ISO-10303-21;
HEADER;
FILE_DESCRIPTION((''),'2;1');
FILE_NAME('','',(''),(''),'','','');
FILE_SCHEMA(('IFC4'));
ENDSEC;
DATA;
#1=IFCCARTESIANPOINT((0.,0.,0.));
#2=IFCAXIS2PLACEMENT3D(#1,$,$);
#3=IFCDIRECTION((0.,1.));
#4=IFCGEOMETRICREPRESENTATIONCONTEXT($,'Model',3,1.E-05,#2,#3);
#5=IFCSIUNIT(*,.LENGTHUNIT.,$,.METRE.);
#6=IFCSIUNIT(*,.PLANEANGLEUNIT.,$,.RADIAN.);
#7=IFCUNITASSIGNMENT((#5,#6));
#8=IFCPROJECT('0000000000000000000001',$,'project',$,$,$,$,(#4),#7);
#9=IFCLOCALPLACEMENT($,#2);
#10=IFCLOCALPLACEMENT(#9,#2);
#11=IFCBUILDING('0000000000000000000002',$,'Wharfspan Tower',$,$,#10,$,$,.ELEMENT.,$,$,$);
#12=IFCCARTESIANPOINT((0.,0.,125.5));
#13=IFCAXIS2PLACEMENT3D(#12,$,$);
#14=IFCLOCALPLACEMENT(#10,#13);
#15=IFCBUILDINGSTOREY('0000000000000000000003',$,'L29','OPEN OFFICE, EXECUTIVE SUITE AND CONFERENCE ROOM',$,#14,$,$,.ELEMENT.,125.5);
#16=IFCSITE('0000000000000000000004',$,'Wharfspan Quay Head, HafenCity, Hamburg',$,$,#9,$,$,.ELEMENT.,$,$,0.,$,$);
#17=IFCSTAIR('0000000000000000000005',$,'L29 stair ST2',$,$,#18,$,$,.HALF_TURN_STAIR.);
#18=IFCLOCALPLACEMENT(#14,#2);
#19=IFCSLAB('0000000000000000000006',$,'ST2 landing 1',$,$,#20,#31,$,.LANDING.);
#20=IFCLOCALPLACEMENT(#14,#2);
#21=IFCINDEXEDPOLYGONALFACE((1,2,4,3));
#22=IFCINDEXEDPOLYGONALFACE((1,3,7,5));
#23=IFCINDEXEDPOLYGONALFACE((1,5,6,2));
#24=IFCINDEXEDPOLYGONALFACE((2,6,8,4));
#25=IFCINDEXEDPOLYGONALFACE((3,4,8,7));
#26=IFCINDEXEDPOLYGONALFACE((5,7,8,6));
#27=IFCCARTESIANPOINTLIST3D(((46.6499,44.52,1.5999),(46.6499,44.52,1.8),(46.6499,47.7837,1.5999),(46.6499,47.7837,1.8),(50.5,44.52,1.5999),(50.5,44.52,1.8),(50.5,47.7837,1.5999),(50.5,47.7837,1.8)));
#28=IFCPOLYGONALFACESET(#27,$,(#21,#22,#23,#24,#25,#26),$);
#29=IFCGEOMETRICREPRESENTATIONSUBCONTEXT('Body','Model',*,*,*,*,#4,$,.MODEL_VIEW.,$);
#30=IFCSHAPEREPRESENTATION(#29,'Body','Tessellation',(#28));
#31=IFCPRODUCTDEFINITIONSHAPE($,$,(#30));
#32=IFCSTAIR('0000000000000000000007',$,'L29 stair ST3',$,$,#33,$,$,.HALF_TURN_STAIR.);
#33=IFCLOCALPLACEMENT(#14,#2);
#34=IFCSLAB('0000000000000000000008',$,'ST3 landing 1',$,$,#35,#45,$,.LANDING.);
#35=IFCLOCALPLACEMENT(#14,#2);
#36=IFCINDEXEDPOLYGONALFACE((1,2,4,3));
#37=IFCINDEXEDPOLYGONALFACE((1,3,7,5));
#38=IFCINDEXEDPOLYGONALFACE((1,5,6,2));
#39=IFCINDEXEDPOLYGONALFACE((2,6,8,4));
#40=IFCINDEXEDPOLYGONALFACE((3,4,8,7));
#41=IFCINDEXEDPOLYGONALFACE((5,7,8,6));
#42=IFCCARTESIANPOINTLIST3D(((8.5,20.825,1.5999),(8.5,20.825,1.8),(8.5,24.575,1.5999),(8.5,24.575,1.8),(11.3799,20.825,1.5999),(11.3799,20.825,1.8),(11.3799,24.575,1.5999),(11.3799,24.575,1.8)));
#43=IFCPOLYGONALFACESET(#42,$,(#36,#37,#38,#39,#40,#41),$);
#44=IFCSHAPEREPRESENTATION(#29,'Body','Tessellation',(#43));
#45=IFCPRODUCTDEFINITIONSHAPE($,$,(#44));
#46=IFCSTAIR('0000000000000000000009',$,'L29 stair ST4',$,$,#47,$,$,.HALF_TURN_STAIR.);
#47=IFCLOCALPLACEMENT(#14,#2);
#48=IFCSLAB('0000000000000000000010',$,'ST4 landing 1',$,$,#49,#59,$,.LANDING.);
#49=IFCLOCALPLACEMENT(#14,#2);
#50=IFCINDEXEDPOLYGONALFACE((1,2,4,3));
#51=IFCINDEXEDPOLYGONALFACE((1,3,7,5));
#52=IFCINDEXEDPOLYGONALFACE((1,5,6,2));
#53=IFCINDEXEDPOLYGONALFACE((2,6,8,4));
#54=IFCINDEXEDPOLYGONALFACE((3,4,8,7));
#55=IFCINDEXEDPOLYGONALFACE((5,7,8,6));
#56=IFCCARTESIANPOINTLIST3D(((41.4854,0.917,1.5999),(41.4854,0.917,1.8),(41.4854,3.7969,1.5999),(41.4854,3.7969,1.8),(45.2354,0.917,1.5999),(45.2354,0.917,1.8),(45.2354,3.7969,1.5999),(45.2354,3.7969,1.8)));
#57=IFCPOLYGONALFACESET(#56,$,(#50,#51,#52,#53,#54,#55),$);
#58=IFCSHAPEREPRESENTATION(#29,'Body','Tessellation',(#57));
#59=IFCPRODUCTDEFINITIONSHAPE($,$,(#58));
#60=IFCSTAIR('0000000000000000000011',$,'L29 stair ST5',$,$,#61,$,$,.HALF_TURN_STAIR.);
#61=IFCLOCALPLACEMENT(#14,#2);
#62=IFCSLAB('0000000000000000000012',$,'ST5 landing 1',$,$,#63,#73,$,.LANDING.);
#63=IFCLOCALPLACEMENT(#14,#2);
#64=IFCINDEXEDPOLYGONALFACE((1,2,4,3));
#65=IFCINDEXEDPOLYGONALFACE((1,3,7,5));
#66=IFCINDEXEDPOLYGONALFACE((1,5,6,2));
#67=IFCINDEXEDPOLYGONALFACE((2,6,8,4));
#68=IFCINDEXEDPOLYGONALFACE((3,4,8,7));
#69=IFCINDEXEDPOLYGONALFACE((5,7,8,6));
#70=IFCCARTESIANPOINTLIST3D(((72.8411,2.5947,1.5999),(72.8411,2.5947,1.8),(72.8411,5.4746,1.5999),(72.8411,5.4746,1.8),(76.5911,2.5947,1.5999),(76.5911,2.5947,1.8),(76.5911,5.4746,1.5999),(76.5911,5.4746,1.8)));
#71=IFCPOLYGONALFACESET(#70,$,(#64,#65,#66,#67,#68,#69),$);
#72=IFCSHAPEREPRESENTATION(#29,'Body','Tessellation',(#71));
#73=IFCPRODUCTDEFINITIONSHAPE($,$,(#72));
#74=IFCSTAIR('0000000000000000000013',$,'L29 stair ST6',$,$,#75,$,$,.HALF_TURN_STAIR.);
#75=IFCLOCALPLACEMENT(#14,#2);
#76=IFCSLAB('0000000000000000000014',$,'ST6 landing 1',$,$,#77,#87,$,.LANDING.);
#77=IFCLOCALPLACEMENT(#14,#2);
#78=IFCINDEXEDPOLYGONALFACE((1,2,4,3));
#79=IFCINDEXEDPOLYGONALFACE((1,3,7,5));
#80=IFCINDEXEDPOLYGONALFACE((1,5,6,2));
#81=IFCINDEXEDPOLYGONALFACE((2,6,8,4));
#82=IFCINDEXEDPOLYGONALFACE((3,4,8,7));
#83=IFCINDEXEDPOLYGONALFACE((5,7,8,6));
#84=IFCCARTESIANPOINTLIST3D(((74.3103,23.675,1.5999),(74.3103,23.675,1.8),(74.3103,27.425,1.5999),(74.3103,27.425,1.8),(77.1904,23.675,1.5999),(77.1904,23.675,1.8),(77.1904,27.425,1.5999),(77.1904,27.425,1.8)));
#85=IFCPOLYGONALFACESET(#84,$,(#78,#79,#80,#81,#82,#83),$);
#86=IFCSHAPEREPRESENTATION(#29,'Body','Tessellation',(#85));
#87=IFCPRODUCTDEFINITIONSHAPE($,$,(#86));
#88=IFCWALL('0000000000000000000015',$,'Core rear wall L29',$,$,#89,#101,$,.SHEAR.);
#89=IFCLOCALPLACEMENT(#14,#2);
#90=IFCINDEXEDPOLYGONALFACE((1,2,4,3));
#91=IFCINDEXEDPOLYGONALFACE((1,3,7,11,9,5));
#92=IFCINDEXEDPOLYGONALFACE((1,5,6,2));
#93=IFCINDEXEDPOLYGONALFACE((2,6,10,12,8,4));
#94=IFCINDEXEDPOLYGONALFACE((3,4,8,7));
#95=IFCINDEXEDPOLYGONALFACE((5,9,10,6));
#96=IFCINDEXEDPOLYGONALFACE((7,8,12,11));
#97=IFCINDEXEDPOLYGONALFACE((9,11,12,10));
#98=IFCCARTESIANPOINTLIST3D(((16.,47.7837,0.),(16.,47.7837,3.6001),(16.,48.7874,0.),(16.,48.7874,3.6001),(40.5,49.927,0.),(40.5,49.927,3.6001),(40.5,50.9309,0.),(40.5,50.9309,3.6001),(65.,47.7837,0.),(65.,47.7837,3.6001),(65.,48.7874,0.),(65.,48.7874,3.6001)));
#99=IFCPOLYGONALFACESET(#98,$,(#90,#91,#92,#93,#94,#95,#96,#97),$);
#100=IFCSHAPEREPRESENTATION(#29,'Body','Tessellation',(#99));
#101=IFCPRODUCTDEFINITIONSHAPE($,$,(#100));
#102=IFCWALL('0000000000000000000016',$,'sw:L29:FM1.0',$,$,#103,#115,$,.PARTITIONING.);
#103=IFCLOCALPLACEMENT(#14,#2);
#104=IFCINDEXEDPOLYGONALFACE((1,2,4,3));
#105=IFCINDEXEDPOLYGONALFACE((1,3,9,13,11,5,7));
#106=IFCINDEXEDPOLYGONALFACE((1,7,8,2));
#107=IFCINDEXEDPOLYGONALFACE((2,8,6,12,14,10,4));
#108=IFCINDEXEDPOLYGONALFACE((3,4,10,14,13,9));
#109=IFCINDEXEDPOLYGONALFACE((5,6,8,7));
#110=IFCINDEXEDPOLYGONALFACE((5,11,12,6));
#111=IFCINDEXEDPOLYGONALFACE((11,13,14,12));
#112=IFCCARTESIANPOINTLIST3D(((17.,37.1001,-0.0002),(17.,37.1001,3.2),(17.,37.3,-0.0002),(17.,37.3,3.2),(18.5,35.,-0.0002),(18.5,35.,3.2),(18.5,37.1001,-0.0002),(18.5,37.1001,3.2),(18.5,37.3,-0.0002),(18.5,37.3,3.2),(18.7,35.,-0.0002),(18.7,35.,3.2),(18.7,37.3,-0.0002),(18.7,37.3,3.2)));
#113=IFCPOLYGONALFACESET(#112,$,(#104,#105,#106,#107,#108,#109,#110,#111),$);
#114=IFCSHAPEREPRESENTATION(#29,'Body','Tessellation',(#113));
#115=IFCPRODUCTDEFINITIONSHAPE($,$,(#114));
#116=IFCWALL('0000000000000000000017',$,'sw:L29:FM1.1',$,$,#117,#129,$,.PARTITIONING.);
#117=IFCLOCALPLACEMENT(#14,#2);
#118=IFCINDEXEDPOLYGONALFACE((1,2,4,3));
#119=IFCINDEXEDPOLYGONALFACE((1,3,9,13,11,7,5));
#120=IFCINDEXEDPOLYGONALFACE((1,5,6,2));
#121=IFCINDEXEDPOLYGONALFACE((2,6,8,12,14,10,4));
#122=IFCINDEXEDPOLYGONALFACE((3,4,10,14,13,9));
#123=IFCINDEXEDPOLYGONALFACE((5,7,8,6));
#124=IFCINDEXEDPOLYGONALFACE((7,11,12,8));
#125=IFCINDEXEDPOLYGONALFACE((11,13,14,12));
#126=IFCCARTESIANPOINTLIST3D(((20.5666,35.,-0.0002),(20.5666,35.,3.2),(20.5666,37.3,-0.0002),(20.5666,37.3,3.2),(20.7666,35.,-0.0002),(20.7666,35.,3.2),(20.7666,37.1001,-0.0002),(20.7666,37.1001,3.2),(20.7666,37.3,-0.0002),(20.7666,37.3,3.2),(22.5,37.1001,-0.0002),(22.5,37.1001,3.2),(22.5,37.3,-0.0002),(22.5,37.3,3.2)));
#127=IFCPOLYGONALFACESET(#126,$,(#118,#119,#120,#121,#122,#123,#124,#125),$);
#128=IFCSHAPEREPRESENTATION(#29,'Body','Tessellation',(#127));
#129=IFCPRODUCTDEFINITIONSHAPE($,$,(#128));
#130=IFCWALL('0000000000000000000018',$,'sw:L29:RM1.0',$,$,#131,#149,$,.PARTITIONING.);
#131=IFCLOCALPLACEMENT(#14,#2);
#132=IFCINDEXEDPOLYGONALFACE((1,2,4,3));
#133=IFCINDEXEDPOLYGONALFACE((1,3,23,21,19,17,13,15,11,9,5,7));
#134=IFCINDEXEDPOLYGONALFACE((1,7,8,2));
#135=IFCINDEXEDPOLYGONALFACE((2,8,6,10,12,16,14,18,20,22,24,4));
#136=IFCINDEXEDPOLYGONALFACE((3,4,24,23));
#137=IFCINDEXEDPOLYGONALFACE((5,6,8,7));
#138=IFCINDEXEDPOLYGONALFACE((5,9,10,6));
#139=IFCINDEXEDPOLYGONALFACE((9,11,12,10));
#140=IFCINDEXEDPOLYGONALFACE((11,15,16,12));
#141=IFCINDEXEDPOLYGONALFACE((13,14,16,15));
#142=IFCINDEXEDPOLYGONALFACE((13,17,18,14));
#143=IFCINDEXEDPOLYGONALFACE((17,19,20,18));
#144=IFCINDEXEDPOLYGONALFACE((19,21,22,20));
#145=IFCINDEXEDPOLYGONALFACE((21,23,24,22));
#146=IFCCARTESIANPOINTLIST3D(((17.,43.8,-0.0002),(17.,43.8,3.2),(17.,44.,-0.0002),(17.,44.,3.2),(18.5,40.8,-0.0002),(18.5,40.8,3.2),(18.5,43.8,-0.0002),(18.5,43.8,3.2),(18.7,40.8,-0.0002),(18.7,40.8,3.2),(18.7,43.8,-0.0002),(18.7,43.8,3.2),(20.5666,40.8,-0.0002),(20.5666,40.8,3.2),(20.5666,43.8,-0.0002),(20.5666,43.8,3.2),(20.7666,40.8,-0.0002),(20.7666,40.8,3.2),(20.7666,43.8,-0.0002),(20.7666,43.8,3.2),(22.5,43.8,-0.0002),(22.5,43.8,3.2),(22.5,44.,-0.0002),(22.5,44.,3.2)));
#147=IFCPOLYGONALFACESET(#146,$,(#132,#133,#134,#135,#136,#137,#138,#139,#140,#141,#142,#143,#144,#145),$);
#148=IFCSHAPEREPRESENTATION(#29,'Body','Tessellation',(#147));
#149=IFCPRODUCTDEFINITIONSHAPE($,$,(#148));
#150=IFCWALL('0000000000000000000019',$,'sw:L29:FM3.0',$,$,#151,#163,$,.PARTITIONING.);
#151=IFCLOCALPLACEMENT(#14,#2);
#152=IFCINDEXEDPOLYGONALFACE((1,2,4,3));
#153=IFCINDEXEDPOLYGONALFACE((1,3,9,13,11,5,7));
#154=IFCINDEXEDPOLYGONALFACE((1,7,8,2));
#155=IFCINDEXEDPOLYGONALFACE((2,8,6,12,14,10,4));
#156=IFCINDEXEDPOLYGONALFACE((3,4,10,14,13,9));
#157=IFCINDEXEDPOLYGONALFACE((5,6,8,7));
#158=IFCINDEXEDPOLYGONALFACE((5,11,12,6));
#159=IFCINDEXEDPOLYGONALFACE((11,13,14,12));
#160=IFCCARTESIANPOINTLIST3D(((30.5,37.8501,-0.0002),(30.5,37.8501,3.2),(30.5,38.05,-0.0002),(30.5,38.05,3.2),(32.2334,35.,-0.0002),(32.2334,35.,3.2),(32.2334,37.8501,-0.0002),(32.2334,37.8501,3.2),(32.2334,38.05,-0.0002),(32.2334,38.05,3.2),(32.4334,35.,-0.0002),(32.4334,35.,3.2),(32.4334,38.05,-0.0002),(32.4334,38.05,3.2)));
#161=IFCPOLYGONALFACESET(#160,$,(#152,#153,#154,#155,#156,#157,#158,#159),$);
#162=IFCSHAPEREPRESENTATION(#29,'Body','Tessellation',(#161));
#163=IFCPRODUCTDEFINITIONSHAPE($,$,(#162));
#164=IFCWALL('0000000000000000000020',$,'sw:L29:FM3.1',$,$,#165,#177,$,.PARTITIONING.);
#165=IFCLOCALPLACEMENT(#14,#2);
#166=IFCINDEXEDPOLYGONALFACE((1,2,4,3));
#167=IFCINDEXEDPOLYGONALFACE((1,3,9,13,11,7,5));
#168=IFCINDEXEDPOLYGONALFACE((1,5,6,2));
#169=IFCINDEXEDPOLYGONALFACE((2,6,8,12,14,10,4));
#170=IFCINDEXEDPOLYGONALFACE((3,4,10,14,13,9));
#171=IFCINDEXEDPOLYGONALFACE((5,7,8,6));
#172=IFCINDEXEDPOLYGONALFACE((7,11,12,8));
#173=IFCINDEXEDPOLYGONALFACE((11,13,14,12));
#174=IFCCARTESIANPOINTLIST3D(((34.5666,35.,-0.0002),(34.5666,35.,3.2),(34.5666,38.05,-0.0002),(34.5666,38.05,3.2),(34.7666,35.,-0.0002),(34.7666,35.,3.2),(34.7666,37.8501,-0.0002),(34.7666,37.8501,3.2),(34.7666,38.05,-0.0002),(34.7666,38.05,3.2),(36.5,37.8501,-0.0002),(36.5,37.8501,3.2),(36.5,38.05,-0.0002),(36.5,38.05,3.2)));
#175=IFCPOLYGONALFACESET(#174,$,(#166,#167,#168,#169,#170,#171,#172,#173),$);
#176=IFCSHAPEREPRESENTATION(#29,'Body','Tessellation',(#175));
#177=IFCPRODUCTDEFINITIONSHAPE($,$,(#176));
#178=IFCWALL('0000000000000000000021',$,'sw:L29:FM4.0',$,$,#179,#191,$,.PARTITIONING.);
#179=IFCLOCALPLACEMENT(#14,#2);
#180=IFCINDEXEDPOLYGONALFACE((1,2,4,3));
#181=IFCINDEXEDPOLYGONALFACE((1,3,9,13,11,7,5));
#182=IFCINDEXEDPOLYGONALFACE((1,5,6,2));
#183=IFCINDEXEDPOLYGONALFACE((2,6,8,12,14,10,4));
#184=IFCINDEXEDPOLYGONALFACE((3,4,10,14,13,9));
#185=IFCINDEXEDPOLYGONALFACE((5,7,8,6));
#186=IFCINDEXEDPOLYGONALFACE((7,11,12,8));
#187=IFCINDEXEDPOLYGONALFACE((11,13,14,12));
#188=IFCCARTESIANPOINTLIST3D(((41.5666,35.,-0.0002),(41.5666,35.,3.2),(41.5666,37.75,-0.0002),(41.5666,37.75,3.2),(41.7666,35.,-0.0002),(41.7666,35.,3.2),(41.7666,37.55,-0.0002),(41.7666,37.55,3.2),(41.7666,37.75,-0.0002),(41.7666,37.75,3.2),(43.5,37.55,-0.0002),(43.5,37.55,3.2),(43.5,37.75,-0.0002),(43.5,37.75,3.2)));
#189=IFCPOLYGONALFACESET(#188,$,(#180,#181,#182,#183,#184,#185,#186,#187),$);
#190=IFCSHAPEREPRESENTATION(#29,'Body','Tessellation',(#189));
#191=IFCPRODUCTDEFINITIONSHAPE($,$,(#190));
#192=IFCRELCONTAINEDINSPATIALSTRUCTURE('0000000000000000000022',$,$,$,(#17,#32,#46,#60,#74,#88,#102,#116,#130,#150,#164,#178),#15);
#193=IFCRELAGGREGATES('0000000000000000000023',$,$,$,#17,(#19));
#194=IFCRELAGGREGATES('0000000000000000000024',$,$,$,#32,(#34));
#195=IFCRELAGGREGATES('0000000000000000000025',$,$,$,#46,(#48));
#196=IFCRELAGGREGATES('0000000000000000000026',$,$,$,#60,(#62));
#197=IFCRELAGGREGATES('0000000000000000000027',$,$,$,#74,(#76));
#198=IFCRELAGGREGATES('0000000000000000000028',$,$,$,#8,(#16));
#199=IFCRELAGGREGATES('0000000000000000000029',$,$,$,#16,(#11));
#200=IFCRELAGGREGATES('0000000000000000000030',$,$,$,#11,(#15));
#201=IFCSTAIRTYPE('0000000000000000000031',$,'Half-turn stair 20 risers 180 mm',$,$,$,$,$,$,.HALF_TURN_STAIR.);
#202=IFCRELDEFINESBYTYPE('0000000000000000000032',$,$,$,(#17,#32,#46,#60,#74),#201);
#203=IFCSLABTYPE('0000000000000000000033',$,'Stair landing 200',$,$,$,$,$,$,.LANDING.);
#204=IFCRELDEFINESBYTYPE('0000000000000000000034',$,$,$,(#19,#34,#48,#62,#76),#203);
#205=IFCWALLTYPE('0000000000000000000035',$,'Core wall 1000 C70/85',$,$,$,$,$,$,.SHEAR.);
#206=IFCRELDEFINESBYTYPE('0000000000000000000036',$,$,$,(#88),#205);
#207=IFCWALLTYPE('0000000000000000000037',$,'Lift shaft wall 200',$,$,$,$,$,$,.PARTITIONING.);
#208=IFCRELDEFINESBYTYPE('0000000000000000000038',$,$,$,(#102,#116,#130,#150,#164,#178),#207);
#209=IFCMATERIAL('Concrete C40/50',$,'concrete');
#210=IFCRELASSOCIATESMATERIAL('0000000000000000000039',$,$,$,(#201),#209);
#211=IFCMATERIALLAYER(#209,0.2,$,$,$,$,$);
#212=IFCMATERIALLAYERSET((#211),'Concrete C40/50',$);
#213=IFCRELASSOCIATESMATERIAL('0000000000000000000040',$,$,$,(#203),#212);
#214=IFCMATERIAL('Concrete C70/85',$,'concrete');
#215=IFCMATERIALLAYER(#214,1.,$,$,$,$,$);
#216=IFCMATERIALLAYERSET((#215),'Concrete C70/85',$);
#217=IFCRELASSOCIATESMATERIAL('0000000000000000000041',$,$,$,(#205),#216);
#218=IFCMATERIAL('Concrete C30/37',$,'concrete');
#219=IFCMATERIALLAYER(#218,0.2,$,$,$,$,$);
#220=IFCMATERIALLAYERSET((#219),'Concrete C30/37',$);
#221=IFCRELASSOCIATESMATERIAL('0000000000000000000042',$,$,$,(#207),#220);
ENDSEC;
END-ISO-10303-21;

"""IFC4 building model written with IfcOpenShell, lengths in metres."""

from ifc_helpers import new_model, si_unit, direction, frame, origin, place, context, subcontext, project, spatial, polyline, outline, extrude, material, layer, layer_set, type_object, element, aggregate, save


model = new_model("IFC4")

# Units and contexts
model_context = context("Model", 3, precision=1e-05, world=origin(), true_north=direction((0.0, 1.0)))
body_context = subcontext(model_context, "Body", "Model", "MODEL_VIEW")
ifc_project = project(units=[si_unit("LENGTHUNIT", "METRE"), si_unit("PLANEANGLEUNIT", "RADIAN")], contexts=[model_context])

# Site, building, storey
site_placement = place(None, origin())
site = spatial("IfcSite", under=ifc_project, at=site_placement, Name="Wharfspan Quay Head, HafenCity, Hamburg", CompositionType="ELEMENT", RefElevation=0.0)
building_placement = place(site_placement, origin())
building = spatial("IfcBuilding", under=site, at=building_placement, Name="Wharfspan Tower", CompositionType="ELEMENT")
storey_placement = place(building_placement, frame((0.0, 0.0, 125.5)))
storey = spatial("IfcBuildingStorey", under=building, at=storey_placement, Name="L29", Description="OPEN OFFICE, EXECUTIVE SUITE AND CONFERENCE ROOM", CompositionType="ELEMENT", Elevation=125.5)

# Shared definitions
ifc_material_1 = material(Name="Concrete C40/50", Category="concrete")

# Stairs, slabs
stair_type = type_object("IfcStairType", Name="Half-turn stair 20 risers 180 mm", PredefinedType="HALF_TURN_STAIR", material=ifc_material_1)
ifc_layer_1 = layer(ifc_material_1, 0.2)
ifc_layer_set_1 = layer_set([ifc_layer_1], Name="Concrete C40/50")
slab_type_1 = type_object("IfcSlabType", Name="Stair landing 200", PredefinedType="LANDING", material=ifc_layer_set_1)
stair_1_placement = place(storey_placement, origin())
stair_1 = element("IfcStair", 1, at=stair_1_placement, inside=storey, type_object=stair_type, Name="L29 stair ST2", PredefinedType="HALF_TURN_STAIR")
slab_1_placement = place(storey_placement, frame((0.0, 0.0, 1.5999)))
slab_1 = element("IfcSlab", 2, at=slab_1_placement, type_object=slab_type_1, Name="ST2 landing 1", PredefinedType="LANDING", context=body_context, shape_type="SweptSolid", body=[
    extrude(outline(polyline([(46.6499, 44.52), (50.5, 44.52), (50.5, 47.7837), (46.6499, 47.7837), (46.6499, 44.52)])), origin(), (0.0, 0.0, 1.0), 0.2002),
])
aggregate(stair_1, [slab_1])
stair_2_placement = place(storey_placement, origin())
stair_2 = element("IfcStair", 3, at=stair_2_placement, inside=storey, type_object=stair_type, Name="L29 stair ST3", PredefinedType="HALF_TURN_STAIR")
slab_2_placement = place(storey_placement, frame((0.0, 0.0, 1.5999)))
slab_2 = element("IfcSlab", 4, at=slab_2_placement, type_object=slab_type_1, Name="ST3 landing 1", PredefinedType="LANDING", context=body_context, shape_type="SweptSolid", body=[
    extrude(outline(polyline([(11.3799, 24.575), (8.5, 24.575), (8.5, 20.825), (11.3799, 20.825), (11.3799, 24.575)])), origin(), (0.0, 0.0, 1.0), 0.2002),
])
aggregate(stair_2, [slab_2])
stair_3_placement = place(storey_placement, origin())
stair_3 = element("IfcStair", 5, at=stair_3_placement, inside=storey, type_object=stair_type, Name="L29 stair ST4", PredefinedType="HALF_TURN_STAIR")
slab_3_placement = place(storey_placement, frame((0.0, 0.0, 1.5999)))
slab_3 = element("IfcSlab", 6, at=slab_3_placement, type_object=slab_type_1, Name="ST4 landing 1", PredefinedType="LANDING", context=body_context, shape_type="SweptSolid", body=[
    extrude(outline(polyline([(41.4854, 3.7969), (41.4854, 0.917), (45.2354, 0.917), (45.2354, 3.7969), (41.4854, 3.7969)])), origin(), (0.0, 0.0, 1.0), 0.2002),
])
aggregate(stair_3, [slab_3])
stair_4_placement = place(storey_placement, origin())
stair_4 = element("IfcStair", 7, at=stair_4_placement, inside=storey, type_object=stair_type, Name="L29 stair ST5", PredefinedType="HALF_TURN_STAIR")
slab_4_placement = place(storey_placement, frame((0.0, 0.0, 1.5999)))
slab_4 = element("IfcSlab", 8, at=slab_4_placement, type_object=slab_type_1, Name="ST5 landing 1", PredefinedType="LANDING", context=body_context, shape_type="SweptSolid", body=[
    extrude(outline(polyline([(72.8411, 5.4746), (72.8411, 2.5947), (76.5911, 2.5947), (76.5911, 5.4746), (72.8411, 5.4746)])), origin(), (0.0, 0.0, 1.0), 0.2002),
])
aggregate(stair_4, [slab_4])
stair_5_placement = place(storey_placement, origin())
stair_5 = element("IfcStair", 9, at=stair_5_placement, inside=storey, type_object=stair_type, Name="L29 stair ST6", PredefinedType="HALF_TURN_STAIR")
slab_5_placement = place(storey_placement, frame((0.0, 0.0, 1.5999)))
slab_5 = element("IfcSlab", 10, at=slab_5_placement, type_object=slab_type_1, Name="ST6 landing 1", PredefinedType="LANDING", context=body_context, shape_type="SweptSolid", body=[
    extrude(outline(polyline([(74.3103, 23.675), (77.1904, 23.675), (77.1904, 27.425), (74.3103, 27.425), (74.3103, 23.675)])), origin(), (0.0, 0.0, 1.0), 0.2002),
])
aggregate(stair_5, [slab_5])

# Walls
ifc_material_2 = material(Name="Concrete C70/85", Category="concrete")
ifc_layer_2 = layer(ifc_material_2, 1.0)
ifc_layer_set_2 = layer_set([ifc_layer_2], Name="Concrete C70/85")
wall_type_1 = type_object("IfcWallType", Name="Core wall 1000 C70/85", PredefinedType="SHEAR", material=ifc_layer_set_2)
wall_1_placement = place(storey_placement, origin())
element("IfcWall", 11, at=wall_1_placement, inside=storey, type_object=wall_type_1, Name="Core rear wall L29", PredefinedType="SHEAR", context=body_context, shape_type="SweptSolid", body=[
    extrude(outline(polyline([(16.0, 47.7837), (40.5, 49.927), (65.0, 47.7837), (65.0, 48.7874), (40.5, 50.9309), (16.0, 48.7874), (16.0, 47.7837)])), origin(), (0.0, 0.0, 1.0), 3.6001),
])
ifc_material_3 = material(Name="Concrete C30/37", Category="concrete")
ifc_layer_3 = layer(ifc_material_3, 0.2)
ifc_layer_set_3 = layer_set([ifc_layer_3], Name="Concrete C30/37")
wall_type_2 = type_object("IfcWallType", Name="Lift shaft wall 200", PredefinedType="PARTITIONING", material=ifc_layer_set_3)
wall_2_placement = place(storey_placement, frame((0.0, 0.0, -0.0002)))
element("IfcWall", 12, at=wall_2_placement, inside=storey, type_object=wall_type_2, Name="sw:L29:FM1.0", PredefinedType="PARTITIONING", context=body_context, shape_type="SweptSolid", body=[
    extrude(outline(polyline([(18.5, 37.1001), (17.0, 37.1001), (17.0, 37.3), (18.5, 37.3), (18.7, 37.3), (18.7, 35.0), (18.5, 35.0), (18.5, 37.1001)])), origin(), (0.0, 0.0, 1.0), 3.2002),
])
wall_3_placement = place(storey_placement, frame((0.0, 0.0, -0.0002)))
element("IfcWall", 13, at=wall_3_placement, inside=storey, type_object=wall_type_2, Name="sw:L29:FM1.1", PredefinedType="PARTITIONING", context=body_context, shape_type="SweptSolid", body=[
    extrude(outline(polyline([(20.5666, 37.3), (20.7666, 37.3), (22.5, 37.3), (22.5, 37.1001), (20.7666, 37.1001), (20.7666, 35.0), (20.5666, 35.0), (20.5666, 37.3)])), origin(), (0.0, 0.0, 1.0), 3.2002),
])
wall_4_placement = place(storey_placement, frame((0.0, 0.0, -0.0002)))
element("IfcWall", 14, at=wall_4_placement, inside=storey, type_object=wall_type_2, Name="sw:L29:RM1.0", PredefinedType="PARTITIONING", context=body_context, shape_type="SweptSolid", body=[
    extrude(outline(polyline([(18.7, 40.8), (18.5, 40.8), (18.5, 43.8), (17.0, 43.8), (17.0, 44.0), (22.5, 44.0), (22.5, 43.8), (20.7666, 43.8), (20.7666, 40.8), (20.5666, 40.8), (20.5666, 43.8), (18.7, 43.8), (18.7, 40.8)])), origin(), (0.0, 0.0, 1.0), 3.2002),
])
wall_5_placement = place(storey_placement, frame((0.0, 0.0, -0.0002)))
element("IfcWall", 15, at=wall_5_placement, inside=storey, type_object=wall_type_2, Name="sw:L29:FM3.0", PredefinedType="PARTITIONING", context=body_context, shape_type="SweptSolid", body=[
    extrude(outline(polyline([(32.2334, 37.8501), (30.5, 37.8501), (30.5, 38.05), (32.2334, 38.05), (32.4333, 38.05), (32.4333, 35.0), (32.2334, 35.0), (32.2334, 37.8501)])), origin(), (0.0, 0.0, 1.0), 3.2002),
])
wall_6_placement = place(storey_placement, frame((0.0, 0.0, -0.0002)))
element("IfcWall", 16, at=wall_6_placement, inside=storey, type_object=wall_type_2, Name="sw:L29:FM3.1", PredefinedType="PARTITIONING", context=body_context, shape_type="SweptSolid", body=[
    extrude(outline(polyline([(34.5667, 38.05), (34.7666, 38.05), (36.5, 38.05), (36.5, 37.8501), (34.7666, 37.8501), (34.7666, 35.0), (34.5667, 35.0), (34.5667, 38.05)])), origin(), (0.0, 0.0, 1.0), 3.2002),
])
wall_7_placement = place(storey_placement, frame((0.0, 0.0, -0.0002)))
element("IfcWall", 17, at=wall_7_placement, inside=storey, type_object=wall_type_2, Name="sw:L29:FM4.0", PredefinedType="PARTITIONING", context=body_context, shape_type="SweptSolid", body=[
    extrude(outline(polyline([(41.5667, 37.75), (41.7666, 37.75), (43.5, 37.75), (43.5, 37.55), (41.7666, 37.55), (41.7666, 35.0), (41.5667, 35.0), (41.5667, 37.75)])), origin(), (0.0, 0.0, 1.0), 3.2002),
])

save(model, "model.ifc")
